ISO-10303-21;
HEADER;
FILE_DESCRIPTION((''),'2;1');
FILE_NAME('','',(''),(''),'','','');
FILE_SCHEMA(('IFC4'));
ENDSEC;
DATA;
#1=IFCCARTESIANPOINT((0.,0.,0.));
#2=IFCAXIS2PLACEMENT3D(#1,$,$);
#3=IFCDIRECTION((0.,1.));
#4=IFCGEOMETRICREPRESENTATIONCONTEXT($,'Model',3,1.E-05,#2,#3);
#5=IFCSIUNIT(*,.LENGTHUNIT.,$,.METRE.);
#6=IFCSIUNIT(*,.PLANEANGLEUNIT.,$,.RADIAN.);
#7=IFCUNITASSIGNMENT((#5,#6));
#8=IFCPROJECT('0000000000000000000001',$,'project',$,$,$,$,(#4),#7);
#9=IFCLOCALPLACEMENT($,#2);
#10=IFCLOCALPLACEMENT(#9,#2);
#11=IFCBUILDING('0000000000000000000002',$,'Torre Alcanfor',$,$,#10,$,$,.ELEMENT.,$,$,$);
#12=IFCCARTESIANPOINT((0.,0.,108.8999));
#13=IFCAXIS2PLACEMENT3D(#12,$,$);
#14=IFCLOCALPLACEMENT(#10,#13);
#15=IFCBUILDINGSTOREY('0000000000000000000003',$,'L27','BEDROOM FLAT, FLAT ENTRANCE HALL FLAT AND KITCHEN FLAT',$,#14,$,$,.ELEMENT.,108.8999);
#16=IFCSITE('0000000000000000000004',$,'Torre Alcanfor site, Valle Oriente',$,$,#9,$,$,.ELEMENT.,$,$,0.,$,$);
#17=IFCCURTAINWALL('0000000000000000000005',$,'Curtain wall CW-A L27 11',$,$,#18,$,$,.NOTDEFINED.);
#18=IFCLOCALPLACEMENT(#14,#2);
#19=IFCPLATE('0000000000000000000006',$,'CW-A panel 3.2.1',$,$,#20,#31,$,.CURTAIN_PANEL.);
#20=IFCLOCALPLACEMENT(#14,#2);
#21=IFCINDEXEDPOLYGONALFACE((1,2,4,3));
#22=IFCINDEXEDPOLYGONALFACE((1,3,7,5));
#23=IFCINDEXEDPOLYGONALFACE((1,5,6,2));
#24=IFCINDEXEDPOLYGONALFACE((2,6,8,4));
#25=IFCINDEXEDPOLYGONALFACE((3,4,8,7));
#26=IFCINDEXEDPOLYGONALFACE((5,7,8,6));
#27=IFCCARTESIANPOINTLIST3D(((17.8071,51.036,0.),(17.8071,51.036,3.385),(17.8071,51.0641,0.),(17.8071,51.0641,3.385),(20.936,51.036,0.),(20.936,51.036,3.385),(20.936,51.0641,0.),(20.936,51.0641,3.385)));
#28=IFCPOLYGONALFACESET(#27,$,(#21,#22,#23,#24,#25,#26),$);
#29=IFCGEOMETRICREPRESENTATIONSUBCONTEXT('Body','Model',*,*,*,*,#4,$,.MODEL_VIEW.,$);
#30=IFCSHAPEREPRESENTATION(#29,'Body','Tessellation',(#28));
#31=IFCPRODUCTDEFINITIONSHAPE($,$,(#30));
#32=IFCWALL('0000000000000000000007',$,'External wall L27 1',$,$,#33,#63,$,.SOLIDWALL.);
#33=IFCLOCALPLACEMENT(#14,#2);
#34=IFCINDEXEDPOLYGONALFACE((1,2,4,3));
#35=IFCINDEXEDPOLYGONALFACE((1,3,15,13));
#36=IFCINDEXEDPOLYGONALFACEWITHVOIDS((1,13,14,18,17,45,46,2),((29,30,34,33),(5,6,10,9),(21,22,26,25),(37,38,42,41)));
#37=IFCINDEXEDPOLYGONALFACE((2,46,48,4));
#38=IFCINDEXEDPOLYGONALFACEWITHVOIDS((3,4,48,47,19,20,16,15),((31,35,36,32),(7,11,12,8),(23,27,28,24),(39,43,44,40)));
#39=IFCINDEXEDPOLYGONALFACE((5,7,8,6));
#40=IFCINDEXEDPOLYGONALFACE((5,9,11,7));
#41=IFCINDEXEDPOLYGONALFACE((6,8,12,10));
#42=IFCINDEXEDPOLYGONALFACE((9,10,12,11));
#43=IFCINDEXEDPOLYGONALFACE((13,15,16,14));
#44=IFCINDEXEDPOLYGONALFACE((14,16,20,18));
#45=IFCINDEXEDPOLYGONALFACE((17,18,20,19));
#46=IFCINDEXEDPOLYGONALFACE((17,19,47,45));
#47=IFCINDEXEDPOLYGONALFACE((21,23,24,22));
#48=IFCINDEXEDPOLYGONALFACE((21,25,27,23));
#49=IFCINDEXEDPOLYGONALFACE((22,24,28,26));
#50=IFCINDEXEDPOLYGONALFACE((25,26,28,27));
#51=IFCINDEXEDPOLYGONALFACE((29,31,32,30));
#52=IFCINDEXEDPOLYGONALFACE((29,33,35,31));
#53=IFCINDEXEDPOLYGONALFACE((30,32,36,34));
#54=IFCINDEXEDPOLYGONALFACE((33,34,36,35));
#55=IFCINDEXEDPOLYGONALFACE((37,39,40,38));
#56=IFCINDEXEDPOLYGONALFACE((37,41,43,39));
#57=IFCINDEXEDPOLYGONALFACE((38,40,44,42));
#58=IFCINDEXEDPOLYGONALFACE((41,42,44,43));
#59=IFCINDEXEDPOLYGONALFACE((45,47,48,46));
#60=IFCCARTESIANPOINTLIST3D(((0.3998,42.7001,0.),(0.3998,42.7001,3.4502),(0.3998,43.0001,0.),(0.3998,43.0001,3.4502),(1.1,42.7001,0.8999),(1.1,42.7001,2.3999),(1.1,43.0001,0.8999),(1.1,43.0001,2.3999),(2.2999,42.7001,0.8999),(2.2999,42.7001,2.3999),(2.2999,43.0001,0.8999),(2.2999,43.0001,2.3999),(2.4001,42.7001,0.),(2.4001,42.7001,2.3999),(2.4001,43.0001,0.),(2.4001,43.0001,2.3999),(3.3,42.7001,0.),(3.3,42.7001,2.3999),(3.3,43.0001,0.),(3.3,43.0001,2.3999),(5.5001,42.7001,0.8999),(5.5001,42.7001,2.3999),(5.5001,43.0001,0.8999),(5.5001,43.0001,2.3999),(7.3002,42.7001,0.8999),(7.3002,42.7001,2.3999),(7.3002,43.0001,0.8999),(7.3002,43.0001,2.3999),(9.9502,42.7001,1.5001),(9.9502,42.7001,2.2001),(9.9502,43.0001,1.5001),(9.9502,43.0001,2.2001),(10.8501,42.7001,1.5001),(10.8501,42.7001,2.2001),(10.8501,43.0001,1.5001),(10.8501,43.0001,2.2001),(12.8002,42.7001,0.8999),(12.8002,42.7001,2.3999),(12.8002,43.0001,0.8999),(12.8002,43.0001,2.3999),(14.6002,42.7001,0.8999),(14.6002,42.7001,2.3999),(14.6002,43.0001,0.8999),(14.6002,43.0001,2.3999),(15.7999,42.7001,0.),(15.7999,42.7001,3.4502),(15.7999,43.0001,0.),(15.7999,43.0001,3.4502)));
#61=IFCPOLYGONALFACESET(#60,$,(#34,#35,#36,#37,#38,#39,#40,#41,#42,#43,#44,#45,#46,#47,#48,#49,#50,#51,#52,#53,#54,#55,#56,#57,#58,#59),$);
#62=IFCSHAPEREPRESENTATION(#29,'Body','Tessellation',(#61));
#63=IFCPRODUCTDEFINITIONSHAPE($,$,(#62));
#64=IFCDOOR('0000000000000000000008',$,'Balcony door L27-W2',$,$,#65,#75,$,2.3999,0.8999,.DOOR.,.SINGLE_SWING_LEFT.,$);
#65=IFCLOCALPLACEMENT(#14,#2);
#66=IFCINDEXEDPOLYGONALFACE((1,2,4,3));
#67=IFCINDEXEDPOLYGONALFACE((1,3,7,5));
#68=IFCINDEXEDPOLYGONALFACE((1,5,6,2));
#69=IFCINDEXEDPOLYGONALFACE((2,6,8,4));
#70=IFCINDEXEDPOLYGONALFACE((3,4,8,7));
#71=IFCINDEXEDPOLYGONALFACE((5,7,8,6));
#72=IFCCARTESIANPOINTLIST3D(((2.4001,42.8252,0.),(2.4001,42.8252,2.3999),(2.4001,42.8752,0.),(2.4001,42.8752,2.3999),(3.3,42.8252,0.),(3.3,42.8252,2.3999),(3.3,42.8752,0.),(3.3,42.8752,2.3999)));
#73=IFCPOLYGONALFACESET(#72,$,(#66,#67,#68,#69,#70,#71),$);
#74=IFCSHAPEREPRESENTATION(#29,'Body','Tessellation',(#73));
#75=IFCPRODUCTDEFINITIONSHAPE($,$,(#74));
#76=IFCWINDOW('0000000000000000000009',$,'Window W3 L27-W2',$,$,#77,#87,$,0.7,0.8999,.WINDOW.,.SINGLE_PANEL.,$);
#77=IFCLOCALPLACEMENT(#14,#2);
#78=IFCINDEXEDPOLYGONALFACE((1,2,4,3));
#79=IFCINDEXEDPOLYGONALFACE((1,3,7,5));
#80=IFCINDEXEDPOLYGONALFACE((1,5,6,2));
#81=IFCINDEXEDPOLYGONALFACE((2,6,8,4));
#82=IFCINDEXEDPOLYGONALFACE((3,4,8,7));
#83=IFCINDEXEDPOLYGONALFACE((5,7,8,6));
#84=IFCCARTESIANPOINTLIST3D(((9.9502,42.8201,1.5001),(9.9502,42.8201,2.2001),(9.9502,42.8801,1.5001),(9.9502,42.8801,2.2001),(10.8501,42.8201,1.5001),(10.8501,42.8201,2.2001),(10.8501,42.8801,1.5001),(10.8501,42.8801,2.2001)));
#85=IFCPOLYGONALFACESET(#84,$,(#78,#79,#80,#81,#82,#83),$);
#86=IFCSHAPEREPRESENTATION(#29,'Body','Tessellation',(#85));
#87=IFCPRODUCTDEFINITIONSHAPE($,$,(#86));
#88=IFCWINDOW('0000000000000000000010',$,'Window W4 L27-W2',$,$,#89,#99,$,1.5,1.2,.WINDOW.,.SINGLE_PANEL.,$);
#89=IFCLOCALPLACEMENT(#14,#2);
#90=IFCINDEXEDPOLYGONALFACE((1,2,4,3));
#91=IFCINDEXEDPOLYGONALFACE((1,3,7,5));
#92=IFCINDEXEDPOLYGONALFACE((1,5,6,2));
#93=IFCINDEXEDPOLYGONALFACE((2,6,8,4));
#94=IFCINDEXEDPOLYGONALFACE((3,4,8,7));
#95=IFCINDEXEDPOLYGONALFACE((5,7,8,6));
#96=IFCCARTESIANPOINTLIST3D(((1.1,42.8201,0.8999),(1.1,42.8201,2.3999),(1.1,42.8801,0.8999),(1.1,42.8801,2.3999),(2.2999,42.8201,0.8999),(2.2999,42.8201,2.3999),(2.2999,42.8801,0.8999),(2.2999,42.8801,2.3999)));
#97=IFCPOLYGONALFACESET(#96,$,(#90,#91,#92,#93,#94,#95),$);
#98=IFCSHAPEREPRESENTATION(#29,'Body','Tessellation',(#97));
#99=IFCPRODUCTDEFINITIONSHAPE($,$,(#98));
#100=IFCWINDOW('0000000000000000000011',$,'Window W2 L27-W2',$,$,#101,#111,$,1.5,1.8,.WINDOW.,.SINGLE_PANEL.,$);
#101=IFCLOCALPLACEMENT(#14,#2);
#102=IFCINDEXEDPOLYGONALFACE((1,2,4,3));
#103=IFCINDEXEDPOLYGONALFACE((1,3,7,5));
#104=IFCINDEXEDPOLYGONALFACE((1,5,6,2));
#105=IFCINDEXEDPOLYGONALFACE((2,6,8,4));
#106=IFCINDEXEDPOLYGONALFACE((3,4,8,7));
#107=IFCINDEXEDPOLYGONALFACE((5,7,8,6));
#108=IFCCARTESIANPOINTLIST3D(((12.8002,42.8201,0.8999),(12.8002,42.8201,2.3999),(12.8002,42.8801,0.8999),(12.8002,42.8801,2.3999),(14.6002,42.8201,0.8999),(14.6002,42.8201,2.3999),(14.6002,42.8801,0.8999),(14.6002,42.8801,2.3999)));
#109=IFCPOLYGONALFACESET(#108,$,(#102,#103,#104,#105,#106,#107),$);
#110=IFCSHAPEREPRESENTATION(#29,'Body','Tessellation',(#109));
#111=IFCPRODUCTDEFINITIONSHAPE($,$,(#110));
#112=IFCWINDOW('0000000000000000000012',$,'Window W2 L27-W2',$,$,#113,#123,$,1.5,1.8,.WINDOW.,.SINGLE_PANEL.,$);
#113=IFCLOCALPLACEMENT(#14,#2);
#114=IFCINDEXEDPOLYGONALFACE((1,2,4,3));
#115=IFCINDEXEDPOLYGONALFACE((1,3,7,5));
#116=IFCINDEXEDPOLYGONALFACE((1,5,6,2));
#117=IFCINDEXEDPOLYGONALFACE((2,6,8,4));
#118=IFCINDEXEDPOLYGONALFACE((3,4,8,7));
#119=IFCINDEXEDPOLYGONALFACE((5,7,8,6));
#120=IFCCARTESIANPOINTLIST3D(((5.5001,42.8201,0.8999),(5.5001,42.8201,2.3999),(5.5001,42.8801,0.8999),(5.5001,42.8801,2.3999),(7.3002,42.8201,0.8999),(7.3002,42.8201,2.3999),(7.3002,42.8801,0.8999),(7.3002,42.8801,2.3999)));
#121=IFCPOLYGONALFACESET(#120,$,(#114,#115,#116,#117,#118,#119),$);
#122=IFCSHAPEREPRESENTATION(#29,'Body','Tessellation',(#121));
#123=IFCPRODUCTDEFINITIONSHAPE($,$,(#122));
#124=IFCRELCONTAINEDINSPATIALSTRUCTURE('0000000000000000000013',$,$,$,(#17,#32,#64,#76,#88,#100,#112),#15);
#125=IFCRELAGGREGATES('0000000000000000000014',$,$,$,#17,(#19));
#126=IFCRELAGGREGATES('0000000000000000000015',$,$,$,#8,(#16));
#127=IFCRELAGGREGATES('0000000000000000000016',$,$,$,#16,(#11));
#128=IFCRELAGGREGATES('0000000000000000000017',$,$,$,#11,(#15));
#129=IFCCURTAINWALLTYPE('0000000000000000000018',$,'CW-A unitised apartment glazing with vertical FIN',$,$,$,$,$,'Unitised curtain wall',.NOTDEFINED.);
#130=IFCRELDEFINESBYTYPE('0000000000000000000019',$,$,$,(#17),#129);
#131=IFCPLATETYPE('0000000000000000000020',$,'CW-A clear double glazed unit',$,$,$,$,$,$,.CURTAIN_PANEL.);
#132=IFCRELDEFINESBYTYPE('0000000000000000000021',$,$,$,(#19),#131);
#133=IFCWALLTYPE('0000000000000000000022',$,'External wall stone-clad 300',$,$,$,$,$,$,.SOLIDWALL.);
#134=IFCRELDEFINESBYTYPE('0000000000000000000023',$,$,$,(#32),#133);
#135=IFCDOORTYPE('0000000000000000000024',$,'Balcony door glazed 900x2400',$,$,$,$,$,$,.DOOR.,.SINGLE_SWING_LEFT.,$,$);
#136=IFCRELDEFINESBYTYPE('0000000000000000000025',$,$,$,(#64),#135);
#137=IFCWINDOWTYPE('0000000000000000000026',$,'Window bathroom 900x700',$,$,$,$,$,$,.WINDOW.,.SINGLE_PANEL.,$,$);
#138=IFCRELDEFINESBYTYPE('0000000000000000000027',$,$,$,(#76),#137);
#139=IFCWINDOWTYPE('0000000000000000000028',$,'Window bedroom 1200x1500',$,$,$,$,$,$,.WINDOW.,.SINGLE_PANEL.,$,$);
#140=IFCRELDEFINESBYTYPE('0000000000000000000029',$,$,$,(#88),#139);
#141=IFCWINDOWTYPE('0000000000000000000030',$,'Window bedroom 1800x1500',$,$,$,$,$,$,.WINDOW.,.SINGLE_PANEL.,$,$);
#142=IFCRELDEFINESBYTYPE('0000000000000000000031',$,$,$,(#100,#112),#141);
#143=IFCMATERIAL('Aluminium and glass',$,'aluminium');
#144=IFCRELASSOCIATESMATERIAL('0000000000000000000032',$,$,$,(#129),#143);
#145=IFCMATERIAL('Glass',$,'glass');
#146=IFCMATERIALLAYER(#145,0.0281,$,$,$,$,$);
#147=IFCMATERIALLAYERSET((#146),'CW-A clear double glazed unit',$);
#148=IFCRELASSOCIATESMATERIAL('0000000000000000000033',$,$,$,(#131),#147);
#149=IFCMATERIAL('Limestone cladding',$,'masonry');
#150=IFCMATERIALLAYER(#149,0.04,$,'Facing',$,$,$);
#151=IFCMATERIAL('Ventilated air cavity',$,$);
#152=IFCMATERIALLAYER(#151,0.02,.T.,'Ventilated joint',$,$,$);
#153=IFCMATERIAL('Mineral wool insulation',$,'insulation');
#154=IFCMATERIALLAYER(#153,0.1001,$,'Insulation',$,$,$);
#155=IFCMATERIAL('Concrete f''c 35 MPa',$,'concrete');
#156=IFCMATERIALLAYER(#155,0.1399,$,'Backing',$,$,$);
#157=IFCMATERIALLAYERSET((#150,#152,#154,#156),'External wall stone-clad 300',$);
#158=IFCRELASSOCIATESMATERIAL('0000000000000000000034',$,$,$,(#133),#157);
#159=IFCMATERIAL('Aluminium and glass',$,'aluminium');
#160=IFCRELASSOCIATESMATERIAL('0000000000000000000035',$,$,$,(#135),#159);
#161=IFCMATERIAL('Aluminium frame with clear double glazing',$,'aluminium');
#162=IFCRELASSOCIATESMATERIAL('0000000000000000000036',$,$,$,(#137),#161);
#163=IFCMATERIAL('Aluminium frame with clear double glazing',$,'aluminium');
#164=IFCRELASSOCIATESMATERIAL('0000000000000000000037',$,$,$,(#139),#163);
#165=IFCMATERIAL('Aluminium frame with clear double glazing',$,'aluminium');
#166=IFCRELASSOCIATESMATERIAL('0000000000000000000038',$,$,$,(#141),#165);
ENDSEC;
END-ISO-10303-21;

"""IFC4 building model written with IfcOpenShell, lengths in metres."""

from ifc_helpers import new_model, si_unit, direction, frame, frame_2d, origin, origin_2d, place, context, subcontext, project, spatial, rectangle, extrude, material, layer, layer_set, type_object, element, fill, aggregate, save


model = new_model("IFC4")

# Units and contexts
model_context = context("Model", 3, precision=1e-05, world=origin(), true_north=direction((0.0, 1.0)))
body_context = subcontext(model_context, "Body", "Model", "MODEL_VIEW")
ifc_project = project(units=[si_unit("LENGTHUNIT", "METRE"), si_unit("PLANEANGLEUNIT", "RADIAN")], contexts=[model_context])

# Site, building, storey
site_placement = place(None, origin())
site = spatial("IfcSite", under=ifc_project, at=site_placement, Name="Torre Alcanfor site, Valle Oriente", CompositionType="ELEMENT", RefElevation=0.0)
building_placement = place(site_placement, origin())
building = spatial("IfcBuilding", under=site, at=building_placement, Name="Torre Alcanfor", CompositionType="ELEMENT")
storey_placement = place(building_placement, frame((0.0, 0.0, 108.8999)))
storey = spatial("IfcBuildingStorey", under=building, at=storey_placement, Name="L27", Description="BEDROOM FLAT, FLAT ENTRANCE HALL FLAT AND KITCHEN FLAT", CompositionType="ELEMENT", Elevation=108.8999)

# Curtain wall
ifc_material_1 = material(Name="Aluminium and glass", Category="aluminium")
curtain_wall_type = type_object("IfcCurtainWallType", Name="CW-A unitised apartment glazing with vertical FIN", ElementType="Unitised curtain wall", PredefinedType="NOTDEFINED", material=ifc_material_1)
curtain_wall_placement = place(storey_placement, origin())
curtain_wall = element("IfcCurtainWall", 1, at=curtain_wall_placement, inside=storey, type_object=curtain_wall_type, Name="Curtain wall CW-A L27 11", PredefinedType="NOTDEFINED")

# Plate
ifc_material_2 = material(Name="Glass", Category="glass")
ifc_layer_1 = layer(ifc_material_2, 0.0281)
ifc_layer_set_1 = layer_set([ifc_layer_1], Name="CW-A clear double glazed unit")
plate_type = type_object("IfcPlateType", Name="CW-A clear double glazed unit", PredefinedType="CURTAIN_PANEL", material=ifc_layer_set_1)
plate_placement = place(storey_placement, frame((19.3716, 51.05, 0.0), z_axis=(0.0, 0.0, 1.0), x_axis=(-1.0, 0.0, 0.0)))
plate = element("IfcPlate", 2, at=plate_placement, type_object=plate_type, Name="CW-A panel 3.2.1", PredefinedType="CURTAIN_PANEL", context=body_context, shape_type="SweptSolid", body=[
    extrude(rectangle(XDim=3.1289, YDim=0.0281, at=origin_2d()), origin(), (0.0, 0.0, 1.0), 3.385),
])
aggregate(curtain_wall, [plate])

# Wall, openings, door, windows
ifc_material_3 = material(Name="Limestone cladding", Category="masonry")
ifc_layer_2 = layer(ifc_material_3, 0.04, Name="Facing")
ifc_material_4 = material(Name="Ventilated air cavity")
ifc_layer_3 = layer(ifc_material_4, 0.02, ventilated=True, Name="Ventilated joint")
ifc_material_5 = material(Name="Mineral wool insulation", Category="insulation")
ifc_layer_4 = layer(ifc_material_5, 0.1001, Name="Insulation")
ifc_material_6 = material(Name="Concrete f'c 35 MPa", Category="concrete")
ifc_layer_5 = layer(ifc_material_6, 0.1399, Name="Backing")
ifc_layer_set_2 = layer_set([ifc_layer_2, ifc_layer_3, ifc_layer_4, ifc_layer_5], Name="External wall stone-clad 300")
wall_type_1 = type_object("IfcWallType", Name="External wall stone-clad 300", PredefinedType="SOLIDWALL", material=ifc_layer_set_2)
wall_1_placement = place(storey_placement, frame((15.8, 42.8501, 0.0), z_axis=(0.0, 0.0, 1.0), x_axis=(-1.0, 0.0, 0.0)))
wall_1 = element("IfcWall", 3, at=wall_1_placement, inside=storey, type_object=wall_type_1, Name="External wall L27 1", PredefinedType="SOLIDWALL", context=body_context, shape_type="SweptSolid", body=[
    extrude(rectangle(XDim=15.4001, YDim=0.3, at=frame_2d((7.7002, 0.0))), origin(), (0.0, 0.0, 1.0), 3.4502),
])
opening_1_placement = place(wall_1_placement, frame((1.2, 0.0, 0.8999)))
opening_1 = element("IfcOpeningElement", 4, at=opening_1_placement, cuts=wall_1, PredefinedType="OPENING", context=body_context, shape_type="SweptSolid", body=[
    extrude(rectangle(XDim=1.8, YDim=1.5, at=frame_2d((0.8999, 0.75))), frame((0.0, 0.1599, 0.0), z_axis=(0.0, -1.0, 0.0), x_axis=(1.0, 0.0, 0.0)), (0.0, 0.0, 1.0), 0.3201),
])
opening_2_placement = place(wall_1_placement, frame((4.95, 0.0, 1.5)))
opening_2 = element("IfcOpeningElement", 5, at=opening_2_placement, cuts=wall_1, PredefinedType="OPENING", context=body_context, shape_type="SweptSolid", body=[
    extrude(rectangle(XDim=0.8999, YDim=0.7, at=frame_2d((0.45, 0.3501))), frame((0.0, 0.1599, 0.0), z_axis=(0.0, -1.0, 0.0), x_axis=(1.0, 0.0, 0.0)), (0.0, 0.0, 1.0), 0.3201),
])
opening_3_placement = place(wall_1_placement, frame((8.5, 0.0, 0.8999)))
opening_3 = element("IfcOpeningElement", 6, at=opening_3_placement, cuts=wall_1, PredefinedType="OPENING", context=body_context, shape_type="SweptSolid", body=[
    extrude(rectangle(XDim=1.8, YDim=1.5, at=frame_2d((0.8999, 0.75))), frame((0.0, 0.1599, 0.0), z_axis=(0.0, -1.0, 0.0), x_axis=(1.0, 0.0, 0.0)), (0.0, 0.0, 1.0), 0.3201),
])
opening_4_placement = place(wall_1_placement, frame((12.5, 0.0, 0.0)))
opening_4 = element("IfcOpeningElement", 7, at=opening_4_placement, cuts=wall_1, PredefinedType="OPENING", context=body_context, shape_type="SweptSolid", body=[
    extrude(rectangle(XDim=0.8999, YDim=2.3999, at=frame_2d((0.45, 1.2))), frame((0.0, 0.1599, 0.0), z_axis=(0.0, -1.0, 0.0), x_axis=(1.0, 0.0, 0.0)), (0.0, 0.0, 1.0), 0.3201),
])
opening_5_placement = place(wall_1_placement, frame((13.5, 0.0, 0.8999)))
opening_5 = element("IfcOpeningElement", 8, at=opening_5_placement, cuts=wall_1, PredefinedType="OPENING", context=body_context, shape_type="SweptSolid", body=[
    extrude(rectangle(XDim=1.2, YDim=1.5, at=frame_2d((0.6001, 0.75))), frame((0.0, 0.1599, 0.0), z_axis=(0.0, -1.0, 0.0), x_axis=(1.0, 0.0, 0.0)), (0.0, 0.0, 1.0), 0.3201),
])
ifc_material_7 = material(Name="Aluminium and glass", Category="aluminium")
door_type = type_object("IfcDoorType", Name="Balcony door glazed 900x2400", OperationType="SINGLE_SWING_LEFT", PredefinedType="DOOR", material=ifc_material_7)
door_placement = place(opening_4_placement, origin())
door = element("IfcDoor", 9, at=door_placement, inside=storey, type_object=door_type, Name="Balcony door L27-W2", OperationType="SINGLE_SWING_LEFT", OverallHeight=2.3999, OverallWidth=0.8999, PredefinedType="DOOR", context=body_context, shape_type="SweptSolid", body=[
    extrude(rectangle(XDim=0.8999, YDim=2.3999, at=frame_2d((0.45, 1.2))), frame((0.0, 0.0249, 0.0), z_axis=(0.0, -1.0, 0.0), x_axis=(1.0, 0.0, 0.0)), (0.0, 0.0, 1.0), 0.05),
])
fill(opening_4, door)
ifc_material_8 = material(Name="Aluminium frame with clear double glazing", Category="aluminium")
window_type_1 = type_object("IfcWindowType", Name="Window bathroom 900x700", PartitioningType="SINGLE_PANEL", PredefinedType="WINDOW", material=ifc_material_8)
window_1_placement = place(opening_2_placement, origin())
window_1 = element("IfcWindow", 10, at=window_1_placement, inside=storey, type_object=window_type_1, Name="Window W3 L27-W2", OverallHeight=0.7, OverallWidth=0.8999, PartitioningType="SINGLE_PANEL", PredefinedType="WINDOW", context=body_context, shape_type="SweptSolid", body=[
    extrude(rectangle(XDim=0.8999, YDim=0.7, at=frame_2d((0.45, 0.3501))), frame((0.0, 0.03, 0.0), z_axis=(0.0, -1.0, 0.0), x_axis=(1.0, 0.0, 0.0)), (0.0, 0.0, 1.0), 0.0601),
])
fill(opening_2, window_1)
ifc_material_9 = material(Name="Aluminium frame with clear double glazing", Category="aluminium")
window_type_2 = type_object("IfcWindowType", Name="Window bedroom 1200x1500", PartitioningType="SINGLE_PANEL", PredefinedType="WINDOW", material=ifc_material_9)
window_2_placement = place(opening_5_placement, origin())
window_2 = element("IfcWindow", 11, at=window_2_placement, inside=storey, type_object=window_type_2, Name="Window W4 L27-W2", OverallHeight=1.5, OverallWidth=1.2, PartitioningType="SINGLE_PANEL", PredefinedType="WINDOW", context=body_context, shape_type="SweptSolid", body=[
    extrude(rectangle(XDim=1.2, YDim=1.5, at=frame_2d((0.6001, 0.75))), frame((0.0, 0.03, 0.0), z_axis=(0.0, -1.0, 0.0), x_axis=(1.0, 0.0, 0.0)), (0.0, 0.0, 1.0), 0.0601),
])
fill(opening_5, window_2)
ifc_material_10 = material(Name="Aluminium frame with clear double glazing", Category="aluminium")
window_type_3 = type_object("IfcWindowType", Name="Window bedroom 1800x1500", PartitioningType="SINGLE_PANEL", PredefinedType="WINDOW", material=ifc_material_10)
window_3_placement = place(opening_1_placement, origin())
window_3 = element("IfcWindow", 12, at=window_3_placement, inside=storey, type_object=window_type_3, Name="Window W2 L27-W2", OverallHeight=1.5, OverallWidth=1.8, PartitioningType="SINGLE_PANEL", PredefinedType="WINDOW", context=body_context, shape_type="SweptSolid", body=[
    extrude(rectangle(XDim=1.8, YDim=1.5, at=frame_2d((0.8999, 0.75))), frame((0.0, 0.03, 0.0), z_axis=(0.0, -1.0, 0.0), x_axis=(1.0, 0.0, 0.0)), (0.0, 0.0, 1.0), 0.0601),
])
fill(opening_1, window_3)
window_4_placement = place(opening_3_placement, origin())
window_4 = element("IfcWindow", 13, at=window_4_placement, inside=storey, type_object=window_type_3, Name="Window W2 L27-W2", OverallHeight=1.5, OverallWidth=1.8, PartitioningType="SINGLE_PANEL", PredefinedType="WINDOW", context=body_context, shape_type="SweptSolid", body=[
    extrude(rectangle(XDim=1.8, YDim=1.5, at=frame_2d((0.8999, 0.75))), frame((0.0, 0.03, 0.0), z_axis=(0.0, -1.0, 0.0), x_axis=(1.0, 0.0, 0.0)), (0.0, 0.0, 1.0), 0.0601),
])
fill(opening_3, window_4)

save(model, "model.ifc")
